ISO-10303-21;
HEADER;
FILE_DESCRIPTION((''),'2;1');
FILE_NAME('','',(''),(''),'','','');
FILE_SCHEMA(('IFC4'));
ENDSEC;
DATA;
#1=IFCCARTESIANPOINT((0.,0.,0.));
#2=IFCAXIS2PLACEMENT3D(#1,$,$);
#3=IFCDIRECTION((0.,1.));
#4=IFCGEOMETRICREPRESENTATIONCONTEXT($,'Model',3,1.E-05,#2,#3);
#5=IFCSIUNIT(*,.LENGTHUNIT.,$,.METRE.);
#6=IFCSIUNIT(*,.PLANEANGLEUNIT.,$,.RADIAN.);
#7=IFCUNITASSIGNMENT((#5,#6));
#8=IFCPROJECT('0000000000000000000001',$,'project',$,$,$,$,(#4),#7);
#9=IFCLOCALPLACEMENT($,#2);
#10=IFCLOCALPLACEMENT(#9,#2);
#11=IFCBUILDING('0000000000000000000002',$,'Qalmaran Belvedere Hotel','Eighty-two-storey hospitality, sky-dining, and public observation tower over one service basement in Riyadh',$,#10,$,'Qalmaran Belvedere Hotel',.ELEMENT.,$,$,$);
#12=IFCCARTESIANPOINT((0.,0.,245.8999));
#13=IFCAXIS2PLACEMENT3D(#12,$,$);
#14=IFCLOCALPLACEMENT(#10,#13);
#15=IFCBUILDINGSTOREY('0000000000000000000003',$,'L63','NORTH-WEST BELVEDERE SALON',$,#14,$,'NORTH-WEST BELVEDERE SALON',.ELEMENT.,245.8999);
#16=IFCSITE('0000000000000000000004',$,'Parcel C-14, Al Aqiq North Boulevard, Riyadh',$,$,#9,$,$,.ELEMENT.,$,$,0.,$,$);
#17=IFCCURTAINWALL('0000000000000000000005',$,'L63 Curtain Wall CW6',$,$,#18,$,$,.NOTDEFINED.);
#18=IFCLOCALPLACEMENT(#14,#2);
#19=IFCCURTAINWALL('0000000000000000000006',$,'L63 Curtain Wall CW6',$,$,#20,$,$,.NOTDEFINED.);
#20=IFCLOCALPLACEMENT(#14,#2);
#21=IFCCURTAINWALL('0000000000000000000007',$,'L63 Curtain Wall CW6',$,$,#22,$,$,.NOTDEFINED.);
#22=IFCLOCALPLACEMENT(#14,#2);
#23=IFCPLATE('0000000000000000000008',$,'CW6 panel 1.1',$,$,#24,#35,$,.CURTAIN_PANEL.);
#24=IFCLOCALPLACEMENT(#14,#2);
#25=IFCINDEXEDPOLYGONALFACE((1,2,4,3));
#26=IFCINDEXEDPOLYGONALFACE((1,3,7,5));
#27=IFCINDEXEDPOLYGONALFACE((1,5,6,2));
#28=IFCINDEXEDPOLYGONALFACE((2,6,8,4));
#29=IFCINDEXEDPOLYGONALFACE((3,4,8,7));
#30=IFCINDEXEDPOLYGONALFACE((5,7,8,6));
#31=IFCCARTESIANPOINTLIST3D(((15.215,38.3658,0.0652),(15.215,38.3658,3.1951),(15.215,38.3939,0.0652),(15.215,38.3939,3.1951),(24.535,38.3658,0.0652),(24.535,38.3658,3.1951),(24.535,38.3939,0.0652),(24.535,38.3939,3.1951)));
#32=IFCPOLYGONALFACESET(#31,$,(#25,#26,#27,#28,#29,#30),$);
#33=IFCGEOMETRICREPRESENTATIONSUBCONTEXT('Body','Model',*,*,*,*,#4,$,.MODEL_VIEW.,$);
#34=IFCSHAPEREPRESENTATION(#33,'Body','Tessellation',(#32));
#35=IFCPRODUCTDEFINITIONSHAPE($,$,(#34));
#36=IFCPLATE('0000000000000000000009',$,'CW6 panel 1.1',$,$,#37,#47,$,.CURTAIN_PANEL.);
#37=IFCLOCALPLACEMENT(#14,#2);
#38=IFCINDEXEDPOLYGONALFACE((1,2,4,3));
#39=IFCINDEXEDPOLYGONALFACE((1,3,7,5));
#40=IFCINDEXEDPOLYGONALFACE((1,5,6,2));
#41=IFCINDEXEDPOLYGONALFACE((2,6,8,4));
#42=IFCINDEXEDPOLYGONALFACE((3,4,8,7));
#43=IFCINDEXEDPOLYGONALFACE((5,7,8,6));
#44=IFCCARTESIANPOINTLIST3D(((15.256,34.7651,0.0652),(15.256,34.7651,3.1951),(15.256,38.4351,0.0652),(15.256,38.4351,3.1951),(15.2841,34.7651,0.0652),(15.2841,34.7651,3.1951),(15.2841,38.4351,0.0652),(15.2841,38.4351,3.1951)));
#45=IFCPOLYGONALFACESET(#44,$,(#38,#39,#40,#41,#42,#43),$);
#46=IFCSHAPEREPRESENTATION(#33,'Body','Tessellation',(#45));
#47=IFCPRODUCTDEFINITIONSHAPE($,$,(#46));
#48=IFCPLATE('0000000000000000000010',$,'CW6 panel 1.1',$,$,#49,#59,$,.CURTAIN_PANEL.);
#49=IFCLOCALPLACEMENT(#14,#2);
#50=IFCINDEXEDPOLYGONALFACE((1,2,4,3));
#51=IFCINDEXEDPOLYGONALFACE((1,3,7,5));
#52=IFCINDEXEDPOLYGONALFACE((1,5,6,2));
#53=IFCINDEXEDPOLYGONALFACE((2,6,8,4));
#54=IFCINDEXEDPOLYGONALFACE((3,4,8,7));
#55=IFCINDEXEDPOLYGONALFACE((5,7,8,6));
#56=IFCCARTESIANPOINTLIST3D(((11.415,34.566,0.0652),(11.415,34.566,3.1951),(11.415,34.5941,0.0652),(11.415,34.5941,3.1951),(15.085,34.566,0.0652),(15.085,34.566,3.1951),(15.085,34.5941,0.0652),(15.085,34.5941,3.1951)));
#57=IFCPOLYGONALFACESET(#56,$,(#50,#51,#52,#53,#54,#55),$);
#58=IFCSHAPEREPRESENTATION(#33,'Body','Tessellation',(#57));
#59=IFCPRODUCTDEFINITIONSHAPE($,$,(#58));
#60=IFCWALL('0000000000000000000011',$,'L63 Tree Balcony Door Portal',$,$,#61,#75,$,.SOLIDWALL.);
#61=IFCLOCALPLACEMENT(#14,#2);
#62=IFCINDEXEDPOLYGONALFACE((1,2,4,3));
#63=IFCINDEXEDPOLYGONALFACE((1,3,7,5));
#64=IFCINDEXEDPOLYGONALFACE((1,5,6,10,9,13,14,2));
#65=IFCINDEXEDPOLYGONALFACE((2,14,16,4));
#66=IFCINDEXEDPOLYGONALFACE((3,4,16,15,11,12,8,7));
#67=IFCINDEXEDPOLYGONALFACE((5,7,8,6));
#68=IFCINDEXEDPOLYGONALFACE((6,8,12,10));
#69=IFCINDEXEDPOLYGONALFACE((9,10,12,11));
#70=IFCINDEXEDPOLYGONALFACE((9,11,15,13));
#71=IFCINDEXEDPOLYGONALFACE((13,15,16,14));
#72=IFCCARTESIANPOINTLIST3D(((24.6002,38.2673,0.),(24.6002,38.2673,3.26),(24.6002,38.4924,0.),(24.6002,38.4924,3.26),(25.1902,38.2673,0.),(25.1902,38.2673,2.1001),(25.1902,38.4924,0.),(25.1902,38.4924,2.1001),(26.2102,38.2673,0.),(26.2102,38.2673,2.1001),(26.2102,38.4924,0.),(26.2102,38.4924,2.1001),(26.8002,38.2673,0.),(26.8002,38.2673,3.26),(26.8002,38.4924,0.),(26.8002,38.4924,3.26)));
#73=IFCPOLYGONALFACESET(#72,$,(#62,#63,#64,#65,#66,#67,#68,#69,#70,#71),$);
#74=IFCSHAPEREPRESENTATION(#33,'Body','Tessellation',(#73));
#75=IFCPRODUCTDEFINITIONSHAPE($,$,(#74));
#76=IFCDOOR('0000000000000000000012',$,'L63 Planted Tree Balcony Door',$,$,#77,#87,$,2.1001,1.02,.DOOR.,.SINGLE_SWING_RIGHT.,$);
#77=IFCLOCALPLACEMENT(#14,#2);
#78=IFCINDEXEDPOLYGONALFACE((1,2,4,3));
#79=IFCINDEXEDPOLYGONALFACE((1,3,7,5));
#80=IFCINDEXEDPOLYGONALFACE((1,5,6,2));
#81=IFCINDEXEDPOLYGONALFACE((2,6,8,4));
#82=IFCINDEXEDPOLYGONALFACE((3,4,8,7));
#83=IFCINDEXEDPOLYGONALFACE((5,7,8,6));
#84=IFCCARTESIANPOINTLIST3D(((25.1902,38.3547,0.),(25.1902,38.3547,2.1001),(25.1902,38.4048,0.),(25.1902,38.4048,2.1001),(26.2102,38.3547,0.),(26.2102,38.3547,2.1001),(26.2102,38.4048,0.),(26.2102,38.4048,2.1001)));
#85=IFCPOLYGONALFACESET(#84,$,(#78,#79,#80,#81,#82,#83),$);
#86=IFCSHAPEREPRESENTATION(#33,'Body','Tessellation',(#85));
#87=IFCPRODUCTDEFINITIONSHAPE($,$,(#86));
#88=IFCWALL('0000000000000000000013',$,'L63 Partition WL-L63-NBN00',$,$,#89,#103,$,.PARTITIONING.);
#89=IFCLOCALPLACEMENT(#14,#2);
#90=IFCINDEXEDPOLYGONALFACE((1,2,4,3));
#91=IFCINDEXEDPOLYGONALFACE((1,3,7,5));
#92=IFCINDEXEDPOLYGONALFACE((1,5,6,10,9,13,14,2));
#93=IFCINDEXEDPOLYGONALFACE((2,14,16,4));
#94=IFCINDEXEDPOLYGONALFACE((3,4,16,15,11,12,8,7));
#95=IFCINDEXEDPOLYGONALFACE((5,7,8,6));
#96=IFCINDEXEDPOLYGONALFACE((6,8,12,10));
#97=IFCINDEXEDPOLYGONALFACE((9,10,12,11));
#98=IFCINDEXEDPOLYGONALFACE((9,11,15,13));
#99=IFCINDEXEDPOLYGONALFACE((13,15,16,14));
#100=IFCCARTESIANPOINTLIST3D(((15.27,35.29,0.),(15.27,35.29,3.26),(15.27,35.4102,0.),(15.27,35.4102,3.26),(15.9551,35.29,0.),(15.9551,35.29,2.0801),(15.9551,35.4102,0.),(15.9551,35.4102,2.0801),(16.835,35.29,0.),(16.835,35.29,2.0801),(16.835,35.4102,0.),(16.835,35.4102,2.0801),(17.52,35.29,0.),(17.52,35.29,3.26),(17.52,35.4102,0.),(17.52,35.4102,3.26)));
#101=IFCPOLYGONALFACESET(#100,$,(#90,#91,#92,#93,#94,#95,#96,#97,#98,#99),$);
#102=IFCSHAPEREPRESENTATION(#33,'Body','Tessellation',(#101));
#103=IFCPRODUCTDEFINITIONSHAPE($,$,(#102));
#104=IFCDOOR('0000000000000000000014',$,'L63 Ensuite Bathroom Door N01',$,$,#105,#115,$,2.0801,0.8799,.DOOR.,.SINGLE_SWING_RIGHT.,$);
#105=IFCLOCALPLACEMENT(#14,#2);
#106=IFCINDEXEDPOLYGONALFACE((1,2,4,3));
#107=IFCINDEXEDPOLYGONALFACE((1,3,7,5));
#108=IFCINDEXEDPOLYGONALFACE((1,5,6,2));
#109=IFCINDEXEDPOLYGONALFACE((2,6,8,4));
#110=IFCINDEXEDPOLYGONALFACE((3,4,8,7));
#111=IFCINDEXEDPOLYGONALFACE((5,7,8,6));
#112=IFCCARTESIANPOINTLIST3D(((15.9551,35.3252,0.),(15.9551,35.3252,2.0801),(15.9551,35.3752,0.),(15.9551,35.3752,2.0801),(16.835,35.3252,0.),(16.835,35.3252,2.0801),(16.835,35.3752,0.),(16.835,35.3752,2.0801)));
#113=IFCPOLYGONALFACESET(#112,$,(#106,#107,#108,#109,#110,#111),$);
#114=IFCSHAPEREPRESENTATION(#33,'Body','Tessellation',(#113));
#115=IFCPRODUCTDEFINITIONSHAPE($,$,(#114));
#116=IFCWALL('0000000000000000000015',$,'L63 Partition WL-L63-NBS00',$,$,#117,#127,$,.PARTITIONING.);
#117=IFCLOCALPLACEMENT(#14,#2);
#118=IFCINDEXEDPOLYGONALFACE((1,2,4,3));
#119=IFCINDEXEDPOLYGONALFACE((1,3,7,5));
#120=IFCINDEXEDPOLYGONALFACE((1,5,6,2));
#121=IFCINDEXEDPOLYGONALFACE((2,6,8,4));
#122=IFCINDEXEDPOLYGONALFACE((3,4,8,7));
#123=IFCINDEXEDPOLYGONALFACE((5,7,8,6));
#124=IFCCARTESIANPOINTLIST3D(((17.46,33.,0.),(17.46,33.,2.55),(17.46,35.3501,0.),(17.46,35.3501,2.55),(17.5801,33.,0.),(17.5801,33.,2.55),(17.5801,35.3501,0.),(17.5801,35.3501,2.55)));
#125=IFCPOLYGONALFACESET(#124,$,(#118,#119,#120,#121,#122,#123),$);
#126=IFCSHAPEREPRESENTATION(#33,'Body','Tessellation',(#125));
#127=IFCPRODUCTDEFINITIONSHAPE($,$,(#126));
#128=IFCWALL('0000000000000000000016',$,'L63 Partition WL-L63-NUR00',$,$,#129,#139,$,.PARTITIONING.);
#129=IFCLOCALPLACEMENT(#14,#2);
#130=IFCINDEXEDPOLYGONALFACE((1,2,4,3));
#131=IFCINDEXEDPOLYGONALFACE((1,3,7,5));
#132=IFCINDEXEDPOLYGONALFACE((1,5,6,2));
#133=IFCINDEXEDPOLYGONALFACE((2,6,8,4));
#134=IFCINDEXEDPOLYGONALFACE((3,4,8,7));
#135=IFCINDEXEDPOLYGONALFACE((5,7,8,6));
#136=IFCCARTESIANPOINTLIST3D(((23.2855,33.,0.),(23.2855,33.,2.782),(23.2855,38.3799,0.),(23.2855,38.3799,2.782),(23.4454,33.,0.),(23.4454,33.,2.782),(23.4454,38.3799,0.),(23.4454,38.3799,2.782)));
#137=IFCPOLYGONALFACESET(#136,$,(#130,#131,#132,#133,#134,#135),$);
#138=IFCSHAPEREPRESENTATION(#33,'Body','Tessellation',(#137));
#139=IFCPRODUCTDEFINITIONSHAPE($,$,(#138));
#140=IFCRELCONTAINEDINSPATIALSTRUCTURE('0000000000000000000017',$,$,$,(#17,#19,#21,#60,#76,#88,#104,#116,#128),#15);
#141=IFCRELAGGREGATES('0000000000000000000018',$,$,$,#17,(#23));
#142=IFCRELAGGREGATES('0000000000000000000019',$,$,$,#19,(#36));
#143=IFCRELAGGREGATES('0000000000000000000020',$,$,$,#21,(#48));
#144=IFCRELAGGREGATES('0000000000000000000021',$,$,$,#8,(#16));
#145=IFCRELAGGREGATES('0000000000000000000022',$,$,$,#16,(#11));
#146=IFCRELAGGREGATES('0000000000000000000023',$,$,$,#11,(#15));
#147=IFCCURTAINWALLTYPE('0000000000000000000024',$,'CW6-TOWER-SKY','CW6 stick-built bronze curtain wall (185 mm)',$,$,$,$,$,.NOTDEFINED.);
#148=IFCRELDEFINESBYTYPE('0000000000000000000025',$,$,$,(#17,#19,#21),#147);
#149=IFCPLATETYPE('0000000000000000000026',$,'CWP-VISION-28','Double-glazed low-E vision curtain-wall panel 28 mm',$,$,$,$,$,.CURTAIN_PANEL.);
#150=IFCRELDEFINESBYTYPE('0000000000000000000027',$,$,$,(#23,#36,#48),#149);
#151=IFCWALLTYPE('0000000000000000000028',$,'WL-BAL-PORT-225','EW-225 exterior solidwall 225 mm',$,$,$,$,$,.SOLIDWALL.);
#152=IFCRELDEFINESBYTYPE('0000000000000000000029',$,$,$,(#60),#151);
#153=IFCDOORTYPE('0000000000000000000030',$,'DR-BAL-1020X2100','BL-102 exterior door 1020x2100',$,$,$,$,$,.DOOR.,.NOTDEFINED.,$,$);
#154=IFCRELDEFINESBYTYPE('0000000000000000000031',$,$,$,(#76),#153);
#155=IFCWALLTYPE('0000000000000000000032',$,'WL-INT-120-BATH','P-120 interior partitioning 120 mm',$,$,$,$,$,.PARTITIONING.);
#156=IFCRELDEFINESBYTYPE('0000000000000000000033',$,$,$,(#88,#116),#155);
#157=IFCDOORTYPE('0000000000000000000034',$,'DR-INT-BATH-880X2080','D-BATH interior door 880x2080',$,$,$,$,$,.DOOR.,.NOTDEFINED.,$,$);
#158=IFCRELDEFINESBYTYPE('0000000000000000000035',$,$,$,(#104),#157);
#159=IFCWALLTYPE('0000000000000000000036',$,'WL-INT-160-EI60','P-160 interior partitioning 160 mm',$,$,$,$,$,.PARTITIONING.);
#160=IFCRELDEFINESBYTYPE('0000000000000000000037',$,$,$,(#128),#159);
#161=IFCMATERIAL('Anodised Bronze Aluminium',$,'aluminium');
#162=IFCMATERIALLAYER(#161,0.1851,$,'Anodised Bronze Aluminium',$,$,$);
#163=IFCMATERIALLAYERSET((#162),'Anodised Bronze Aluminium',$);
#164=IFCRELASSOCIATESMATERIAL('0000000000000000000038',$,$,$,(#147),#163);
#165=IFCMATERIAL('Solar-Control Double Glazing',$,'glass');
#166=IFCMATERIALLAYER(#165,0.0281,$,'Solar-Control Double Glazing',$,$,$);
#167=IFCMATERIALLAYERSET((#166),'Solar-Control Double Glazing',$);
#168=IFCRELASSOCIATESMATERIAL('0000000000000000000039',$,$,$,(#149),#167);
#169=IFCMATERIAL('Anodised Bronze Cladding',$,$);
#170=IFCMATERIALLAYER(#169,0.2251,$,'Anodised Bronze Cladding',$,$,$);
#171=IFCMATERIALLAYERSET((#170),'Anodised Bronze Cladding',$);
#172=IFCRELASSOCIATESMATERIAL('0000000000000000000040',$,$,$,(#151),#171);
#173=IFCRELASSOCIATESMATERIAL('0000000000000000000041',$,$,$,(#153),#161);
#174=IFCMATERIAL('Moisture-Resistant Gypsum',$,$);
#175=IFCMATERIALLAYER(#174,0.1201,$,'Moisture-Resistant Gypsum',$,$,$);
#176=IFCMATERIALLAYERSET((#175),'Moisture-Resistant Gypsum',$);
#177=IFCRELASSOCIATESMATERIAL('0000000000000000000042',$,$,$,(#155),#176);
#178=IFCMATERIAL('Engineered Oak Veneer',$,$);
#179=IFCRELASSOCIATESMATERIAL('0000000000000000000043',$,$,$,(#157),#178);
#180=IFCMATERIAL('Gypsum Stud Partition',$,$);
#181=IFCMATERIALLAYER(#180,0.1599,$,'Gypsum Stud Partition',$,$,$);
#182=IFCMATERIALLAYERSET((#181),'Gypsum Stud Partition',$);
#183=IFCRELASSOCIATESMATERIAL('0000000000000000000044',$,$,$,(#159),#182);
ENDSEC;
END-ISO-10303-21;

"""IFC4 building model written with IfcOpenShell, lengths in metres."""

from ifc_helpers import new_model, si_unit, direction, frame, frame_2d, origin, origin_2d, place, context, subcontext, project, spatial, rectangle, extrude, material, layer, layer_set, type_object, element, fill, aggregate, save


model = new_model("IFC4")

# Units and contexts
model_context = context("Model", 3, precision=1e-05, world=origin(), true_north=direction((0.0, 1.0)))
body_context = subcontext(model_context, "Body", "Model", "MODEL_VIEW")
ifc_project = project(units=[si_unit("LENGTHUNIT", "METRE"), si_unit("PLANEANGLEUNIT", "RADIAN")], contexts=[model_context])

# Site, building, storey
site_placement = place(None, origin())
site = spatial("IfcSite", under=ifc_project, at=site_placement, Name="Parcel C-14, Al Aqiq North Boulevard, Riyadh", CompositionType="ELEMENT", RefElevation=0.0)
building_placement = place(site_placement, origin())
building = spatial("IfcBuilding", under=site, at=building_placement, Name="Qalmaran Belvedere Hotel", Description="Eighty-two-storey hospitality, sky-dining, and public observation tower over one service basement in Riyadh", LongName="Qalmaran Belvedere Hotel", CompositionType="ELEMENT")
storey_placement = place(building_placement, frame((0.0, 0.0, 245.8999)))
storey = spatial("IfcBuildingStorey", under=building, at=storey_placement, Name="L63", Description="NORTH-WEST BELVEDERE SALON", LongName="NORTH-WEST BELVEDERE SALON", CompositionType="ELEMENT", Elevation=245.8999)

# Curtain walls
ifc_material_1 = material(Name="Anodised Bronze Aluminium", Category="aluminium")
ifc_layer_1 = layer(ifc_material_1, 0.1851, Name="Anodised Bronze Aluminium")
ifc_layer_set_1 = layer_set([ifc_layer_1], Name="Anodised Bronze Aluminium")
curtain_wall_type = type_object("IfcCurtainWallType", Name="CW6-TOWER-SKY", Description="CW6 stick-built bronze curtain wall (185 mm)", PredefinedType="NOTDEFINED", material=ifc_layer_set_1)
curtain_wall_1_placement = place(storey_placement, origin())
curtain_wall_1 = element("IfcCurtainWall", 1, at=curtain_wall_1_placement, inside=storey, type_object=curtain_wall_type, Name="L63 Curtain Wall CW6", PredefinedType="NOTDEFINED")
curtain_wall_2_placement = place(storey_placement, origin())
curtain_wall_2 = element("IfcCurtainWall", 2, at=curtain_wall_2_placement, inside=storey, type_object=curtain_wall_type, Name="L63 Curtain Wall CW6", PredefinedType="NOTDEFINED")
curtain_wall_3_placement = place(storey_placement, origin())
curtain_wall_3 = element("IfcCurtainWall", 3, at=curtain_wall_3_placement, inside=storey, type_object=curtain_wall_type, Name="L63 Curtain Wall CW6", PredefinedType="NOTDEFINED")

# Plates
ifc_material_2 = material(Name="Solar-Control Double Glazing", Category="glass")
ifc_layer_2 = layer(ifc_material_2, 0.0281, Name="Solar-Control Double Glazing")
ifc_layer_set_2 = layer_set([ifc_layer_2], Name="Solar-Control Double Glazing")
plate_type = type_object("IfcPlateType", Name="CWP-VISION-28", Description="Double-glazed low-E vision curtain-wall panel 28 mm", PredefinedType="CURTAIN_PANEL", material=ifc_layer_set_2)
plate_1_placement = place(storey_placement, frame((19.875, 38.3799, 0.0652), z_axis=(0.0, 0.0, 1.0), x_axis=(-1.0, 0.0, 0.0)))
plate_1 = element("IfcPlate", 4, at=plate_1_placement, type_object=plate_type, Name="CW6 panel 1.1", PredefinedType="CURTAIN_PANEL", context=body_context, shape_type="SweptSolid", body=[
    extrude(rectangle(XDim=9.3201, YDim=0.0281, at=origin_2d()), origin(), (0.0, 0.0, 1.0), 3.1299),
])
aggregate(curtain_wall_1, [plate_1])
plate_2_placement = place(storey_placement, frame((15.27, 36.6001, 0.0652), z_axis=(0.0, 0.0, 1.0), x_axis=(0.0, -1.0, 0.0)))
plate_2 = element("IfcPlate", 5, at=plate_2_placement, type_object=plate_type, Name="CW6 panel 1.1", PredefinedType="CURTAIN_PANEL", context=body_context, shape_type="SweptSolid", body=[
    extrude(rectangle(XDim=3.6699, YDim=0.0281, at=origin_2d()), origin(), (0.0, 0.0, 1.0), 3.1299),
])
aggregate(curtain_wall_2, [plate_2])
plate_3_placement = place(storey_placement, frame((13.25, 34.5801, 0.0652), z_axis=(0.0, 0.0, 1.0), x_axis=(-1.0, 0.0, 0.0)))
plate_3 = element("IfcPlate", 6, at=plate_3_placement, type_object=plate_type, Name="CW6 panel 1.1", PredefinedType="CURTAIN_PANEL", context=body_context, shape_type="SweptSolid", body=[
    extrude(rectangle(XDim=3.6699, YDim=0.0281, at=origin_2d()), origin(), (0.0, 0.0, 1.0), 3.1299),
])
aggregate(curtain_wall_3, [plate_3])

# Walls, openings, doors
ifc_material_3 = material(Name="Anodised Bronze Cladding")
ifc_layer_3 = layer(ifc_material_3, 0.2251, Name="Anodised Bronze Cladding")
ifc_layer_set_3 = layer_set([ifc_layer_3], Name="Anodised Bronze Cladding")
wall_type_1 = type_object("IfcWallType", Name="WL-BAL-PORT-225", Description="EW-225 exterior solidwall 225 mm", PredefinedType="SOLIDWALL", material=ifc_layer_set_3)
wall_1_placement = place(storey_placement, frame((24.6001, 38.3799, 0.0), z_axis=(0.0, 0.0, 1.0), x_axis=(1.0, 0.0, 0.0)))
wall_1 = element("IfcWall", 7, at=wall_1_placement, inside=storey, type_object=wall_type_1, Name="L63 Tree Balcony Door Portal", PredefinedType="SOLIDWALL", context=body_context, shape_type="SweptSolid", body=[
    extrude(rectangle(XDim=2.2, YDim=0.2251, at=frame_2d((1.1001, 0.0))), origin(), (0.0, 0.0, 1.0), 3.26),
])
opening_1_placement = place(wall_1_placement, frame((0.5901, 0.0, 0.0)))
opening_1 = element("IfcOpeningElement", 8, at=opening_1_placement, cuts=wall_1, PredefinedType="OPENING", context=body_context, shape_type="SweptSolid", body=[
    extrude(rectangle(XDim=1.02, YDim=2.1001, at=frame_2d((0.51, 1.05))), frame((0.0, 0.1226, 0.0), z_axis=(0.0, -1.0, 0.0), x_axis=(1.0, 0.0, 0.0)), (0.0, 0.0, 1.0), 0.2451),
])
door_type_1 = type_object("IfcDoorType", Name="DR-BAL-1020X2100", Description="BL-102 exterior door 1020x2100", OperationType="NOTDEFINED", PredefinedType="DOOR", material=ifc_material_1)
door_1_placement = place(opening_1_placement, origin())
door_1 = element("IfcDoor", 9, at=door_1_placement, inside=storey, type_object=door_type_1, Name="L63 Planted Tree Balcony Door", OperationType="SINGLE_SWING_RIGHT", OverallHeight=2.1001, OverallWidth=1.02, PredefinedType="DOOR", context=body_context, shape_type="SweptSolid", body=[
    extrude(rectangle(XDim=1.02, YDim=2.1001, at=frame_2d((0.51, 1.05))), frame((0.0, 0.0249, 0.0), z_axis=(0.0, -1.0, 0.0), x_axis=(1.0, 0.0, 0.0)), (0.0, 0.0, 1.0), 0.05),
])
fill(opening_1, door_1)
ifc_material_4 = material(Name="Moisture-Resistant Gypsum")
ifc_layer_4 = layer(ifc_material_4, 0.1201, Name="Moisture-Resistant Gypsum")
ifc_layer_set_4 = layer_set([ifc_layer_4], Name="Moisture-Resistant Gypsum")
wall_type_2 = type_object("IfcWallType", Name="WL-INT-120-BATH", Description="P-120 interior partitioning 120 mm", PredefinedType="PARTITIONING", material=ifc_layer_set_4)
wall_2_placement = place(storey_placement, frame((15.27, 35.3501, 0.0), z_axis=(0.0, 0.0, 1.0), x_axis=(1.0, 0.0, 0.0)))
wall_2 = element("IfcWall", 10, at=wall_2_placement, inside=storey, type_object=wall_type_2, Name="L63 Partition WL-L63-NBN00", PredefinedType="PARTITIONING", context=body_context, shape_type="SweptSolid", body=[
    extrude(rectangle(XDim=2.25, YDim=0.1201, at=frame_2d((1.125, 0.0))), origin(), (0.0, 0.0, 1.0), 3.26),
])
opening_2_placement = place(wall_2_placement, frame((1.5649, 0.0, 0.0), z_axis=(0.0, 0.0, 1.0), x_axis=(-1.0, 0.0, 0.0)))
opening_2 = element("IfcOpeningElement", 11, at=opening_2_placement, cuts=wall_2, PredefinedType="OPENING", context=body_context, shape_type="SweptSolid", body=[
    extrude(rectangle(XDim=0.8799, YDim=2.0801, at=frame_2d((0.4399, 1.04))), frame((0.0, 0.0701, 0.0), z_axis=(0.0, -1.0, 0.0), x_axis=(1.0, 0.0, 0.0)), (0.0, 0.0, 1.0), 0.1401),
])
ifc_material_5 = material(Name="Engineered Oak Veneer")
door_type_2 = type_object("IfcDoorType", Name="DR-INT-BATH-880X2080", Description="D-BATH interior door 880x2080", OperationType="NOTDEFINED", PredefinedType="DOOR", material=ifc_material_5)
door_2_placement = place(opening_2_placement, origin())
door_2 = element("IfcDoor", 12, at=door_2_placement, inside=storey, type_object=door_type_2, Name="L63 Ensuite Bathroom Door N01", OperationType="SINGLE_SWING_RIGHT", OverallHeight=2.0801, OverallWidth=0.8799, PredefinedType="DOOR", context=body_context, shape_type="SweptSolid", body=[
    extrude(rectangle(XDim=0.8799, YDim=2.0801, at=frame_2d((0.4399, 1.04))), frame((0.0, 0.0249, 0.0), z_axis=(0.0, -1.0, 0.0), x_axis=(1.0, 0.0, 0.0)), (0.0, 0.0, 1.0), 0.05),
])
fill(opening_2, door_2)

# Walls
wall_3_placement = place(storey_placement, frame((17.52, 33.0, 0.0), z_axis=(0.0, 0.0, 1.0), x_axis=(0.0, 1.0, 0.0)))
element("IfcWall", 13, at=wall_3_placement, inside=storey, type_object=wall_type_2, Name="L63 Partition WL-L63-NBS00", PredefinedType="PARTITIONING", context=body_context, shape_type="SweptSolid", body=[
    extrude(rectangle(XDim=2.3501, YDim=0.1201, at=frame_2d((1.175, 0.0))), origin(), (0.0, 0.0, 1.0), 2.55),
])
ifc_material_6 = material(Name="Gypsum Stud Partition")
ifc_layer_5 = layer(ifc_material_6, 0.1599, Name="Gypsum Stud Partition")
ifc_layer_set_5 = layer_set([ifc_layer_5], Name="Gypsum Stud Partition")
wall_type_3 = type_object("IfcWallType", Name="WL-INT-160-EI60", Description="P-160 interior partitioning 160 mm", PredefinedType="PARTITIONING", material=ifc_layer_set_5)
wall_4_placement = place(storey_placement, frame((23.3655, 33.0, 0.0), z_axis=(0.0, 0.0, 1.0), x_axis=(0.0, 1.0, 0.0)))
element("IfcWall", 14, at=wall_4_placement, inside=storey, type_object=wall_type_3, Name="L63 Partition WL-L63-NUR00", PredefinedType="PARTITIONING", context=body_context, shape_type="SweptSolid", body=[
    extrude(rectangle(XDim=5.3799, YDim=0.1599, at=frame_2d((2.6899, 0.0))), origin(), (0.0, 0.0, 1.0), 2.782),
])

save(model, "model.ifc")
